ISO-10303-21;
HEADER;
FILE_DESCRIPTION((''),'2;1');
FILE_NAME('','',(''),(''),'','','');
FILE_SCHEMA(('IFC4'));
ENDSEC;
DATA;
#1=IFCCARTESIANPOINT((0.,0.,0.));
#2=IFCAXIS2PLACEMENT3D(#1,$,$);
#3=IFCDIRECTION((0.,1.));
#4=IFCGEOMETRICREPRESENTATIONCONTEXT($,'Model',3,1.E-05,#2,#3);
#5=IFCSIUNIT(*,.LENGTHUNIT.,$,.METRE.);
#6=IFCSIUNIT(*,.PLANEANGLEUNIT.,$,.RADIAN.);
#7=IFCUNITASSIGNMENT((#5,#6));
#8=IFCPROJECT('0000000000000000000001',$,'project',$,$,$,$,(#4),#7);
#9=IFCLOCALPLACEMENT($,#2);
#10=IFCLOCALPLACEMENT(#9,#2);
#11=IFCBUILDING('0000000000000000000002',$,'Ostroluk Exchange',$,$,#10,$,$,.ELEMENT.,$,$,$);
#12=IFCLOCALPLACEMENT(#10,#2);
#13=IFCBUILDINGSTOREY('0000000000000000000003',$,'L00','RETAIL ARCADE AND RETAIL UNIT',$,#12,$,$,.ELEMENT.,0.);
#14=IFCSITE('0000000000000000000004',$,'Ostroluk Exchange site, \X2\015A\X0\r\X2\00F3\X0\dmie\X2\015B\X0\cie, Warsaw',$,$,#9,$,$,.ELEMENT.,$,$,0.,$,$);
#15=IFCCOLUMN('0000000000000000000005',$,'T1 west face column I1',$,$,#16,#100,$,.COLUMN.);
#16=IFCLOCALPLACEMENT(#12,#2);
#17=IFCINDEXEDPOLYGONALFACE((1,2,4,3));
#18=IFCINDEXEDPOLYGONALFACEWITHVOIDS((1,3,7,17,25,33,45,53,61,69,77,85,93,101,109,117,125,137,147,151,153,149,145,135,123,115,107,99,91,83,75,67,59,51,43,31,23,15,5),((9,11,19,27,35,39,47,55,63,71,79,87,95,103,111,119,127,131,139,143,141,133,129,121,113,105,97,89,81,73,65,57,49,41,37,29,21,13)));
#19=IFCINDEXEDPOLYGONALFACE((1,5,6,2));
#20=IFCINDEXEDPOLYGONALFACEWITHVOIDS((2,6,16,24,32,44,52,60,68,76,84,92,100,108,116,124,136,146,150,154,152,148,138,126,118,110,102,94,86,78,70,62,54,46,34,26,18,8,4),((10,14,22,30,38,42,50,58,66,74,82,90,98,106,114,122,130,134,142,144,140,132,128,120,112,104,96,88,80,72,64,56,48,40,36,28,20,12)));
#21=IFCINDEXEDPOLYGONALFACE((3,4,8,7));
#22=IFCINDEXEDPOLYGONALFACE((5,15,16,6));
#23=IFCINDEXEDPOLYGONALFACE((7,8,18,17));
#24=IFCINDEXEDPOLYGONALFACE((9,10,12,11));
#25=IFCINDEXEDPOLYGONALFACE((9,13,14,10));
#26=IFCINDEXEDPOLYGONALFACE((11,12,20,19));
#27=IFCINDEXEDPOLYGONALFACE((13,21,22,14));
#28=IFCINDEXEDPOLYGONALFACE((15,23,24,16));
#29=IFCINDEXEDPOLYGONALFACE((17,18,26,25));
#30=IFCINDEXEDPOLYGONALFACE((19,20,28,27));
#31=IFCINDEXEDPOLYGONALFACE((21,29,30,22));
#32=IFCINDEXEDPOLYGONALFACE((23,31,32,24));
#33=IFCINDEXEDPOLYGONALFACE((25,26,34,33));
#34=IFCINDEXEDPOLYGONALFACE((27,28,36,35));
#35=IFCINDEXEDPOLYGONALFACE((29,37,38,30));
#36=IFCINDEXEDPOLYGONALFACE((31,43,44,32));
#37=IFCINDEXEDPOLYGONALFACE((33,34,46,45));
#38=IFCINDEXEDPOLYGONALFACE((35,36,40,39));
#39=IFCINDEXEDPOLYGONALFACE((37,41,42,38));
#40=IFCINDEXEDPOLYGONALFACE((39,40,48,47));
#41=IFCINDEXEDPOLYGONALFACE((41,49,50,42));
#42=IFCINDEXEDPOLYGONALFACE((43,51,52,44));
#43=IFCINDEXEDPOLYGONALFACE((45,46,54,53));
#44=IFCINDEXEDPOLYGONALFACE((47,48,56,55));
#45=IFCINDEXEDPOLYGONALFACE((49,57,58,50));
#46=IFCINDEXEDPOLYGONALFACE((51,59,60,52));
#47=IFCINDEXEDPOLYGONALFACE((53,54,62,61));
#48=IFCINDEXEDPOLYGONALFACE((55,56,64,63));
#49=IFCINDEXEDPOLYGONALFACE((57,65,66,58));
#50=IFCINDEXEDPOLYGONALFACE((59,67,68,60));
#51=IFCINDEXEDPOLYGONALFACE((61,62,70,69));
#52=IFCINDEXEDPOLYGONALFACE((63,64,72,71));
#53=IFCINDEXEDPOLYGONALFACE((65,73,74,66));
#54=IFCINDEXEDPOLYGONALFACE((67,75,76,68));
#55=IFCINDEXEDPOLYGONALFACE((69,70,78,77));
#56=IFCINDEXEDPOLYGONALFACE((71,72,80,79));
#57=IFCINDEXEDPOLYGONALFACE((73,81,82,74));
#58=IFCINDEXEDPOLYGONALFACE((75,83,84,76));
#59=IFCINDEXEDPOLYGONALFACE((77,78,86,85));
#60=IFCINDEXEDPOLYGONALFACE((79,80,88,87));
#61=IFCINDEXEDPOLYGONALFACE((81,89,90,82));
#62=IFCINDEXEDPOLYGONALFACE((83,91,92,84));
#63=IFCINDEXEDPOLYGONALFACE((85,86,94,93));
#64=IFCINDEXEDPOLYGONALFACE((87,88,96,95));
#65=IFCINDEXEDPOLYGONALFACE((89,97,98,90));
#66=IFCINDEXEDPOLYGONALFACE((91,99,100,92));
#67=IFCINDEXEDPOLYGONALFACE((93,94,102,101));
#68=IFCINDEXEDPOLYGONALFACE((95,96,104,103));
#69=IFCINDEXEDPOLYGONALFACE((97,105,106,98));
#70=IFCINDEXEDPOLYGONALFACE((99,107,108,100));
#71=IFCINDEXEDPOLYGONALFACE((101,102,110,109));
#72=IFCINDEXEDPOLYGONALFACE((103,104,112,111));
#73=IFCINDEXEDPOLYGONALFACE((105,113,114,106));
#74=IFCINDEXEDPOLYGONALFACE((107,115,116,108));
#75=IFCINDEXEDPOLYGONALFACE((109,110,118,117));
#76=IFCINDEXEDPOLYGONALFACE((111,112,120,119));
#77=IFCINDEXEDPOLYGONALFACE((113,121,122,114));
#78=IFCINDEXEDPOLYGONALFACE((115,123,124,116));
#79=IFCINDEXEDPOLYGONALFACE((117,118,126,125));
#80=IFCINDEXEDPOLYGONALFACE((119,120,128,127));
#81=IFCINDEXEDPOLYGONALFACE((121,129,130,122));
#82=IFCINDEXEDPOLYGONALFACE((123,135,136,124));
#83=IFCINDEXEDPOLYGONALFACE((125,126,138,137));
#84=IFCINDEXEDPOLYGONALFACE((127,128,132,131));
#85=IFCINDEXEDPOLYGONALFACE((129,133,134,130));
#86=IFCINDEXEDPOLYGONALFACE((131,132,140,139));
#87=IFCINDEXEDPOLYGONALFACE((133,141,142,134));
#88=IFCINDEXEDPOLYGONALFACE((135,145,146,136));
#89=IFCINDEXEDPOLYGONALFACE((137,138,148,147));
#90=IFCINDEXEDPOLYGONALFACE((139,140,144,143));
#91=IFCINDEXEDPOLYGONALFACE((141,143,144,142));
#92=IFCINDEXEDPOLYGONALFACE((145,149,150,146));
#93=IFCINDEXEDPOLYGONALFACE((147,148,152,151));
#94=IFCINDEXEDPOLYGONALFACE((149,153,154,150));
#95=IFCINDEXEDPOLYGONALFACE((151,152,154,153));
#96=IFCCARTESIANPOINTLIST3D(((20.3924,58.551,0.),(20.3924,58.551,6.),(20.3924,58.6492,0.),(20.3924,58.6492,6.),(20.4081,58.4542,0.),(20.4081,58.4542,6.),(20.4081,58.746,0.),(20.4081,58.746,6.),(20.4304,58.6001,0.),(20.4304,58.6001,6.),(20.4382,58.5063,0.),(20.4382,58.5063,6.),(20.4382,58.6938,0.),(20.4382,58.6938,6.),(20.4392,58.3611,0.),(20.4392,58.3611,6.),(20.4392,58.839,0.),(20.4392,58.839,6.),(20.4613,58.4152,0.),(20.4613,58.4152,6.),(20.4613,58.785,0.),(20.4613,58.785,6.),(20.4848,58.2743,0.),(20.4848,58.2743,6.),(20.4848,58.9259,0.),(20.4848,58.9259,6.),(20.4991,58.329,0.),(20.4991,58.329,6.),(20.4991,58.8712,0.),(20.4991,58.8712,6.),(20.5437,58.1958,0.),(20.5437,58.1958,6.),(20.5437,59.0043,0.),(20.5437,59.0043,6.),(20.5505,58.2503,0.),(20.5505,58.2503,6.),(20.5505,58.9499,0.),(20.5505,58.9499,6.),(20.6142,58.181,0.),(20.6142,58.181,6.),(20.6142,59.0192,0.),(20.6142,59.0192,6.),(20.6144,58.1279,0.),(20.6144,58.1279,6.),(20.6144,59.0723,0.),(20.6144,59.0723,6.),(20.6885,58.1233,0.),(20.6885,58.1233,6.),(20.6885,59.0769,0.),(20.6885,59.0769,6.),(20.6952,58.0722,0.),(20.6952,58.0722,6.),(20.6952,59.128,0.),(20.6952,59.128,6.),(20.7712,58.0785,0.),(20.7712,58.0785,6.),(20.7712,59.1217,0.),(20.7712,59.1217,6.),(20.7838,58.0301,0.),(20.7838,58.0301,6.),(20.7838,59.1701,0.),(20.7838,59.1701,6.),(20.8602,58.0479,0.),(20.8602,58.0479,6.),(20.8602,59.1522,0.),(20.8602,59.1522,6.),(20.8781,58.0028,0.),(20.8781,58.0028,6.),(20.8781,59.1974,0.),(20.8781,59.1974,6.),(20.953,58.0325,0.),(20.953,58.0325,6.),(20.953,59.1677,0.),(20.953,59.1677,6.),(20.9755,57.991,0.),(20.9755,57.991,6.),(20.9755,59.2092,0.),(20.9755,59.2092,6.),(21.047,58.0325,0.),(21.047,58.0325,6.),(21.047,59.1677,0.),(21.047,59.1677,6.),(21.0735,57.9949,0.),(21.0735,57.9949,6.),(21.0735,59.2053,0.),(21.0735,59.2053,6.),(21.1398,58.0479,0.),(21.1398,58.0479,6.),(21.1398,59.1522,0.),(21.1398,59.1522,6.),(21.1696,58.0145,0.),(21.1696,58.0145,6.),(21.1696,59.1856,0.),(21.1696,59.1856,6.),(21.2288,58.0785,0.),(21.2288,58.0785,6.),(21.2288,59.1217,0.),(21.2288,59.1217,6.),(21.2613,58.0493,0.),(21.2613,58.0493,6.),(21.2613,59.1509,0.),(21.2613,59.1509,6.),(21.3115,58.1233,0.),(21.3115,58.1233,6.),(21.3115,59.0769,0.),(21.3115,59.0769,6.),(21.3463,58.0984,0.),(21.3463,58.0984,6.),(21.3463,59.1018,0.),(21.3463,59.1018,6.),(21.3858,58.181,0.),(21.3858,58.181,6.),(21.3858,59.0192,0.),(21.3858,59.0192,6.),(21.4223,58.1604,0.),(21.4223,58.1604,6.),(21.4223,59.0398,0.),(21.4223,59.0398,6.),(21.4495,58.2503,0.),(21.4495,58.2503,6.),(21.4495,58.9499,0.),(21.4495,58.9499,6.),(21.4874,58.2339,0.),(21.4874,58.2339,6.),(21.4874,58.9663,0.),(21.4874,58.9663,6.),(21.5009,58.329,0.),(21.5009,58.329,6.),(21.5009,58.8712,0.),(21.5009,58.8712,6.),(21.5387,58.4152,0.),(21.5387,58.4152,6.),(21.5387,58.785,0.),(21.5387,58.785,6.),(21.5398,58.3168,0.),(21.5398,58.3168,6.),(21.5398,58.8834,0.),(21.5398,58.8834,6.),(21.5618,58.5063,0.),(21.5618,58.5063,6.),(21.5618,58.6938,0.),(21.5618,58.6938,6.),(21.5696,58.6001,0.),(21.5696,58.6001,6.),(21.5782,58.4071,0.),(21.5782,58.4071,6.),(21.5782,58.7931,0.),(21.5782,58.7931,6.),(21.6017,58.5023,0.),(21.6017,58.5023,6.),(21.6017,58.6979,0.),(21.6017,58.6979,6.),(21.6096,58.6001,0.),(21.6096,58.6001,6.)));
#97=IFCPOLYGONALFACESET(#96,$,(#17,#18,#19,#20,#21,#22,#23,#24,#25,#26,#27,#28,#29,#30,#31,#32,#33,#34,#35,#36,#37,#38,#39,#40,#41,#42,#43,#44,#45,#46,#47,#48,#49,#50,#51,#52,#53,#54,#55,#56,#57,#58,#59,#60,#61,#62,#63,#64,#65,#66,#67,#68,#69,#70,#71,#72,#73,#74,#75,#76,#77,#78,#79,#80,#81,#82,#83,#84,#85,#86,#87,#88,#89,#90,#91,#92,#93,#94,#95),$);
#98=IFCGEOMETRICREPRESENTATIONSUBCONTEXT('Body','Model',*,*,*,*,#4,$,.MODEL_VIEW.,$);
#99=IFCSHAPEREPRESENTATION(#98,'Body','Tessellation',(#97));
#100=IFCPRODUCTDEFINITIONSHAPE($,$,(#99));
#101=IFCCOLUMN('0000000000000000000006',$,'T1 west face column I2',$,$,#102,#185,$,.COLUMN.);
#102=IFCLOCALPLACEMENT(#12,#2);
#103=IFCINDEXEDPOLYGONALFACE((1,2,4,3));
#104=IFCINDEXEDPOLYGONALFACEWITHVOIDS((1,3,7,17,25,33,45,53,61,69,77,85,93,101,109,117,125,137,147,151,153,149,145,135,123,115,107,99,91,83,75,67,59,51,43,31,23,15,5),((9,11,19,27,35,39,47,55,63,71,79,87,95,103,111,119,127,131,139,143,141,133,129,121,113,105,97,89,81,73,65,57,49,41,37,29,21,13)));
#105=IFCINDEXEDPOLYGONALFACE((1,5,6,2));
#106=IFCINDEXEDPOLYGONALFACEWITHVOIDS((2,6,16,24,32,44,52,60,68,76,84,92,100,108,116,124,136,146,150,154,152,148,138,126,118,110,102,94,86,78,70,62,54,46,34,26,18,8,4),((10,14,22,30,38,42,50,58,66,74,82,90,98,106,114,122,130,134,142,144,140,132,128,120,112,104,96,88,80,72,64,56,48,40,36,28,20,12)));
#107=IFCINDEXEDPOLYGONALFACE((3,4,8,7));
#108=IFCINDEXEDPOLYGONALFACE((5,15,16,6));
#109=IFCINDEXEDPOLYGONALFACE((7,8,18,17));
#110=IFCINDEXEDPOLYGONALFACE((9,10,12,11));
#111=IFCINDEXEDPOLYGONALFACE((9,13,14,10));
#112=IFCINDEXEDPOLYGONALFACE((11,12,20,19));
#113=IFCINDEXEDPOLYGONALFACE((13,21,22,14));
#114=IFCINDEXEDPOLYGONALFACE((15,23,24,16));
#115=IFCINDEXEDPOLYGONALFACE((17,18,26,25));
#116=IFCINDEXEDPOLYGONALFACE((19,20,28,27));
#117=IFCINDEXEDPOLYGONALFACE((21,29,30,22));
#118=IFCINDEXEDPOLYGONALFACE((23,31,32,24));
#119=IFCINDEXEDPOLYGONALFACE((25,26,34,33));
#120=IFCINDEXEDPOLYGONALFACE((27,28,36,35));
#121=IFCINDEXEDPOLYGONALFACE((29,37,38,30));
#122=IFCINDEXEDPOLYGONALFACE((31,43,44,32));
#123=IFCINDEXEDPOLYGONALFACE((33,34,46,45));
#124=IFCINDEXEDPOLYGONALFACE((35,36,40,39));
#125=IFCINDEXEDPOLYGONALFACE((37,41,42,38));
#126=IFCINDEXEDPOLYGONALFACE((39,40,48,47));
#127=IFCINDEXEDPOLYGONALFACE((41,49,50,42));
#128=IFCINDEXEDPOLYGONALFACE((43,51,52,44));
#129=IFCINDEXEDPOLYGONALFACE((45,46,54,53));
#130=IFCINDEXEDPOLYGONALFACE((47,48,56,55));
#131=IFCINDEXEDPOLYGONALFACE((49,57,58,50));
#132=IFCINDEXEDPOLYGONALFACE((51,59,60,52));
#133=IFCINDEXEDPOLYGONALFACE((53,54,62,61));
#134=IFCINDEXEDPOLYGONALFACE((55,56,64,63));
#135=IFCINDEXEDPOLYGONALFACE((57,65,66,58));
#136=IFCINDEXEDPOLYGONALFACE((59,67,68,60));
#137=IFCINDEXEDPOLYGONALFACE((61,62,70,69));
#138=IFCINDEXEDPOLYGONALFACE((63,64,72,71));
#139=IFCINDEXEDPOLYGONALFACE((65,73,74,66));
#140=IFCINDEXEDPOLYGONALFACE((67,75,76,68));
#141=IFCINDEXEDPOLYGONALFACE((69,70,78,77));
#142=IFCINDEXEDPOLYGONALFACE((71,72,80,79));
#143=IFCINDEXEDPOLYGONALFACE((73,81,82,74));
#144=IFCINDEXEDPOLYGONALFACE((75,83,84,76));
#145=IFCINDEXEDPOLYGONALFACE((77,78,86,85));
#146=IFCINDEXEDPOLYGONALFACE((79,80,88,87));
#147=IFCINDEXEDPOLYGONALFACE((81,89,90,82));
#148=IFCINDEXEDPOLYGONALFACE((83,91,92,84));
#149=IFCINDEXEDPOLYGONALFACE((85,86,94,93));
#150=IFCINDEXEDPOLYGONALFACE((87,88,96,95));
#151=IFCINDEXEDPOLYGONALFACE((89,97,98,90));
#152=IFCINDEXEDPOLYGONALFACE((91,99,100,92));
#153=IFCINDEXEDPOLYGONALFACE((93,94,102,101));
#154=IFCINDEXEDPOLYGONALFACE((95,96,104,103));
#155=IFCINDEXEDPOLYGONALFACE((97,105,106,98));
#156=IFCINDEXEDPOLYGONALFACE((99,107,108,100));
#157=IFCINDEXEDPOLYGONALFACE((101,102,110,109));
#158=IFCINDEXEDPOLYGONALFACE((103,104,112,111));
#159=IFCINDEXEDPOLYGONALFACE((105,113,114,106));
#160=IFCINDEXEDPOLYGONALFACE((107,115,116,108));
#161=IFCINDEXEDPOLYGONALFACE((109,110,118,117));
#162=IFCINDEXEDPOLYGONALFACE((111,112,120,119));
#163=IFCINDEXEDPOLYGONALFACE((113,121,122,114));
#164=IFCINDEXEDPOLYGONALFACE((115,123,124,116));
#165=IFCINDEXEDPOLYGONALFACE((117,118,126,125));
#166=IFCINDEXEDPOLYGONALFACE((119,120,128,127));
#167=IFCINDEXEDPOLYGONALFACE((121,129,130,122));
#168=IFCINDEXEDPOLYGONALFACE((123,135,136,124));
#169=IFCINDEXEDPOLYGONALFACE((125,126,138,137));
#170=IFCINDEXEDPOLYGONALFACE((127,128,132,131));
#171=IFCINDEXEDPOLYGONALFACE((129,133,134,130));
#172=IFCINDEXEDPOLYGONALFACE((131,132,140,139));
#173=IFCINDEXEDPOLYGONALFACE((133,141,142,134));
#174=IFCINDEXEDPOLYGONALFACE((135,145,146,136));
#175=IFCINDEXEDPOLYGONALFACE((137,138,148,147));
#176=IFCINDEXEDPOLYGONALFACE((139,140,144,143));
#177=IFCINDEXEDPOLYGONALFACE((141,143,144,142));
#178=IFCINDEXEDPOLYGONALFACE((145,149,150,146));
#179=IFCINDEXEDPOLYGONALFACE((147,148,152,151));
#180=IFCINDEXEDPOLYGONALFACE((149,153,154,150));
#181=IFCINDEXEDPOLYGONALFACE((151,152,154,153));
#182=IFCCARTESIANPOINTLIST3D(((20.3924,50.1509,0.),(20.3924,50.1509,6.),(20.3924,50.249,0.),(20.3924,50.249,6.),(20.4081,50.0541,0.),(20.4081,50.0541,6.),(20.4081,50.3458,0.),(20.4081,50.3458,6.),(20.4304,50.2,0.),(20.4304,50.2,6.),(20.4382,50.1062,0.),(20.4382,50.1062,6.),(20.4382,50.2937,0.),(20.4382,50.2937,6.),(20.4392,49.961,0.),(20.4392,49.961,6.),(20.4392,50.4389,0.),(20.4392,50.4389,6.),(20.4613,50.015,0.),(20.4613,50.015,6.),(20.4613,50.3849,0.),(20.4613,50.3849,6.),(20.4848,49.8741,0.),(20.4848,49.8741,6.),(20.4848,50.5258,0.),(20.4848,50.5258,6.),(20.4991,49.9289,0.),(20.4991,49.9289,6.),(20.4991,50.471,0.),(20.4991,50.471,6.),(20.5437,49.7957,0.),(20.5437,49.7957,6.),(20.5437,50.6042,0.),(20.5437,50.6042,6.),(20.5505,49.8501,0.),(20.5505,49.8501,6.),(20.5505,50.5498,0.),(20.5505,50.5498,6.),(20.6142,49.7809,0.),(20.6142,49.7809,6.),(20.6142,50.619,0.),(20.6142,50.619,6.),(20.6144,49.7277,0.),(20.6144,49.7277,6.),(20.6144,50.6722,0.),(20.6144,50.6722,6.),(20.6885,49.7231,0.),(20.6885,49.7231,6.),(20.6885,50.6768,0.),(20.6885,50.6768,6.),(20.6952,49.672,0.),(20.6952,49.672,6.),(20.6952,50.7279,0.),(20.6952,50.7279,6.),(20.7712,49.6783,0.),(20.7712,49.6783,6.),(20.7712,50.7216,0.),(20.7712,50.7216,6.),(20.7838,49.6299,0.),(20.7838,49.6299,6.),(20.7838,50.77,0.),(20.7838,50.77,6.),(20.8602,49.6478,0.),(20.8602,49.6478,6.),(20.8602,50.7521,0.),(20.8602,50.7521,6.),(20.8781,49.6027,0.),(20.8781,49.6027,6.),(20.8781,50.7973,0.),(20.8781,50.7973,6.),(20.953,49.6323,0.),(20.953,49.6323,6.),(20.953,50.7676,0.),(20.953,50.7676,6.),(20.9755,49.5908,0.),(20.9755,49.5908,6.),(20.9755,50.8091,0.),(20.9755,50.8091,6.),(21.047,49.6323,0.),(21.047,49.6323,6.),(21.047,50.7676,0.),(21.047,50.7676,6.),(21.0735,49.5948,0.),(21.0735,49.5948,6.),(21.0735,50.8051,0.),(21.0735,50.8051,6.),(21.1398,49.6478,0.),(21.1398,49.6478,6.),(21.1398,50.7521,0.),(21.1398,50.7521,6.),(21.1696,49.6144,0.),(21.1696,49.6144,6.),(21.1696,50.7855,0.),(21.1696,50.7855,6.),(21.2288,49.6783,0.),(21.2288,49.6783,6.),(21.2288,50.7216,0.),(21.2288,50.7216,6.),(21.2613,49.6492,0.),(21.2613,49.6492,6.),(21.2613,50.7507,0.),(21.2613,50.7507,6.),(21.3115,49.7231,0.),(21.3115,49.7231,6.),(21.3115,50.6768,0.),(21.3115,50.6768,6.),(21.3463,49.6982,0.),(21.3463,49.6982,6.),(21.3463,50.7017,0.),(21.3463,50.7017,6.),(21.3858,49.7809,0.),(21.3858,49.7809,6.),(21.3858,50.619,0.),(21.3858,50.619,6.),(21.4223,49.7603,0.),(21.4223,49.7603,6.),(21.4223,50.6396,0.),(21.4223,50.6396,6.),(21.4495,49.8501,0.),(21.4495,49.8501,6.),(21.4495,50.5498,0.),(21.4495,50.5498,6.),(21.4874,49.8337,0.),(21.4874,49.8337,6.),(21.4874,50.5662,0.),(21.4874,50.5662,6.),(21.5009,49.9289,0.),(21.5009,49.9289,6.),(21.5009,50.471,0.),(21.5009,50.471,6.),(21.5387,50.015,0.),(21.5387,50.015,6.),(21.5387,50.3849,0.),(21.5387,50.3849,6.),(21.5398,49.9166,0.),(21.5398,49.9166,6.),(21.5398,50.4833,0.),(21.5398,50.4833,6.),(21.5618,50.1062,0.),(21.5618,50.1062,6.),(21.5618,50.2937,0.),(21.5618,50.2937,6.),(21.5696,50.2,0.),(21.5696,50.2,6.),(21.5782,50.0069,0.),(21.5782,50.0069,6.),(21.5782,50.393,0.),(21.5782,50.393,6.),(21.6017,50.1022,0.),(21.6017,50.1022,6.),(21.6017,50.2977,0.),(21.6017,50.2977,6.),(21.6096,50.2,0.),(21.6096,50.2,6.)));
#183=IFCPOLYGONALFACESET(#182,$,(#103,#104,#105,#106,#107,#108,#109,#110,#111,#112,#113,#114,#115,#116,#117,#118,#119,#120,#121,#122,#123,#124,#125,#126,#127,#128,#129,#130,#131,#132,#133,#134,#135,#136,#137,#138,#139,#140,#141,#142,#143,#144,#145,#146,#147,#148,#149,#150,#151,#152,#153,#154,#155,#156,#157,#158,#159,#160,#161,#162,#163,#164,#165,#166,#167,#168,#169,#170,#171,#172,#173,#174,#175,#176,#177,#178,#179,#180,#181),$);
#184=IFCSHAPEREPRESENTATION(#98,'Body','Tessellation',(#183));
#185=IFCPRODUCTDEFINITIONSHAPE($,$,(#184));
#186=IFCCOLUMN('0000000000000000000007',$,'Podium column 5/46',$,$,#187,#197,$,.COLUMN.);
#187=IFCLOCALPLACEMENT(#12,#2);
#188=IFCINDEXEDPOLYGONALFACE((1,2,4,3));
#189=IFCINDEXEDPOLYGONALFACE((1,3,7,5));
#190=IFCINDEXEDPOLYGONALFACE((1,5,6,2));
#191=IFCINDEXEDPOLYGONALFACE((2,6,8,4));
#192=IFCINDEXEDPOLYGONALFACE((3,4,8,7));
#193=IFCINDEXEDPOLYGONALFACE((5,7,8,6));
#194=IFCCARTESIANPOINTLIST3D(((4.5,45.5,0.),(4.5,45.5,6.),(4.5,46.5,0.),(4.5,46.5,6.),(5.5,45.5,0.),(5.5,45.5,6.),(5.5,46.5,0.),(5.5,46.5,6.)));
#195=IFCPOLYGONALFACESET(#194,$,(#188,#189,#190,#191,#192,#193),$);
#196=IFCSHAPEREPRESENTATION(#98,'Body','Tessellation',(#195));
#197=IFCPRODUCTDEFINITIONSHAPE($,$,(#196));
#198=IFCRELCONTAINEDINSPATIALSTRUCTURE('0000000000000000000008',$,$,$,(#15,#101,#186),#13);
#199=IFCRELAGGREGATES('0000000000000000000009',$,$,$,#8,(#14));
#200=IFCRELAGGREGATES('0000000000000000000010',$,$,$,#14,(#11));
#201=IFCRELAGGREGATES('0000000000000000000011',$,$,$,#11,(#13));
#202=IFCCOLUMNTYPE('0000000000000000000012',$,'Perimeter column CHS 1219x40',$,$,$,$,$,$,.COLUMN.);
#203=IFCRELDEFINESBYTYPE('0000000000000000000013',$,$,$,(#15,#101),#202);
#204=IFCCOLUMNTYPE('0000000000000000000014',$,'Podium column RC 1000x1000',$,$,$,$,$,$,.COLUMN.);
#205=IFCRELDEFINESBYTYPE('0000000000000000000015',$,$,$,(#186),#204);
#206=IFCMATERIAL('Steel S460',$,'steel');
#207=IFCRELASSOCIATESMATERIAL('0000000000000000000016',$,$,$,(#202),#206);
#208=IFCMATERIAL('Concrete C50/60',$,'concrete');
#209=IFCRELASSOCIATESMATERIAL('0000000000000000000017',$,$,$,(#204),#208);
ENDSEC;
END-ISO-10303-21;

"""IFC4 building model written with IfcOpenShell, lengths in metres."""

from ifc_helpers import new_model, si_unit, direction, frame, origin, origin_2d, place, context, subcontext, project, spatial, rectangle, hollow_circle, extrude, material, material_profile, profile_set, type_object, element, save


model = new_model("IFC4")

# Units and contexts
model_context = context("Model", 3, precision=1e-05, world=origin(), true_north=direction((0.0, 1.0)))
body_context = subcontext(model_context, "Body", "Model", "MODEL_VIEW")
ifc_project = project(units=[si_unit("LENGTHUNIT", "METRE"), si_unit("PLANEANGLEUNIT", "RADIAN")], contexts=[model_context])

# Site, building, storey
site_placement = place(None, origin())
site = spatial("IfcSite", under=ifc_project, at=site_placement, Name="Ostroluk Exchange site, Śródmieście, Warsaw", CompositionType="ELEMENT", RefElevation=0.0)
building_placement = place(site_placement, origin())
building = spatial("IfcBuilding", under=site, at=building_placement, Name="Ostroluk Exchange", CompositionType="ELEMENT")
storey_placement = place(building_placement, origin())
storey = spatial("IfcBuildingStorey", under=building, at=storey_placement, Name="L00", Description="RETAIL ARCADE AND RETAIL UNIT", CompositionType="ELEMENT", Elevation=0.0)

# Columns
ifc_material_1 = material(Name="Steel S460", Category="steel")
ifc_material_profile_1 = material_profile(ifc_material_1, hollow_circle(Radius=0.6096, WallThickness=0.04, at=origin_2d()), Name="CHS 1219x40")
ifc_profile_set_1 = profile_set([ifc_material_profile_1], Name="Steel S460")
column_type_1 = type_object("IfcColumnType", Name="Perimeter column CHS 1219x40", PredefinedType="COLUMN", material=ifc_profile_set_1)
for number, where, z_axis, x_axis, name in (
    (1, (21.0, 58.6001, 0.0), (0.0, 0.0, 1.0), (1.0, 0.0, 0.0), "T1 west face column I1"),
    (2, (21.0, 50.2, 0.0), (0.0, 0.0, 1.0), (1.0, 0.0, 0.0), "T1 west face column I2"),
):
    element("IfcColumn", number, at=place(storey_placement, frame(where, z_axis=z_axis, x_axis=x_axis)), inside=storey, type_object=column_type_1, Name=name, PredefinedType="COLUMN", context=body_context, shape_type="SweptSolid", body=[
        extrude(hollow_circle(Radius=0.6096, WallThickness=0.04, at=origin_2d()), origin(), (0.0, 0.0, 1.0), 6.0),
    ])
ifc_material_2 = material(Name="Concrete C50/60", Category="concrete")
ifc_material_profile_2 = material_profile(ifc_material_2, rectangle(XDim=1.0, YDim=1.0, at=origin_2d()), Name="RC 1000x1000")
ifc_profile_set_2 = profile_set([ifc_material_profile_2], Name="Concrete C50/60")
column_type_2 = type_object("IfcColumnType", Name="Podium column RC 1000x1000", PredefinedType="COLUMN", material=ifc_profile_set_2)
for number, where, z_axis, x_axis, name in (
    (3, (5.0, 46.0, 0.0), (0.0, 0.0, 1.0), (1.0, 0.0, 0.0), "Podium column 5/46"),
):
    element("IfcColumn", number, at=place(storey_placement, frame(where, z_axis=z_axis, x_axis=x_axis)), inside=storey, type_object=column_type_2, Name=name, PredefinedType="COLUMN", context=body_context, shape_type="SweptSolid", body=[
        extrude(rectangle(XDim=1.0, YDim=1.0, at=origin_2d()), origin(), (0.0, 0.0, 1.0), 6.0),
    ])

save(model, "model.ifc")
